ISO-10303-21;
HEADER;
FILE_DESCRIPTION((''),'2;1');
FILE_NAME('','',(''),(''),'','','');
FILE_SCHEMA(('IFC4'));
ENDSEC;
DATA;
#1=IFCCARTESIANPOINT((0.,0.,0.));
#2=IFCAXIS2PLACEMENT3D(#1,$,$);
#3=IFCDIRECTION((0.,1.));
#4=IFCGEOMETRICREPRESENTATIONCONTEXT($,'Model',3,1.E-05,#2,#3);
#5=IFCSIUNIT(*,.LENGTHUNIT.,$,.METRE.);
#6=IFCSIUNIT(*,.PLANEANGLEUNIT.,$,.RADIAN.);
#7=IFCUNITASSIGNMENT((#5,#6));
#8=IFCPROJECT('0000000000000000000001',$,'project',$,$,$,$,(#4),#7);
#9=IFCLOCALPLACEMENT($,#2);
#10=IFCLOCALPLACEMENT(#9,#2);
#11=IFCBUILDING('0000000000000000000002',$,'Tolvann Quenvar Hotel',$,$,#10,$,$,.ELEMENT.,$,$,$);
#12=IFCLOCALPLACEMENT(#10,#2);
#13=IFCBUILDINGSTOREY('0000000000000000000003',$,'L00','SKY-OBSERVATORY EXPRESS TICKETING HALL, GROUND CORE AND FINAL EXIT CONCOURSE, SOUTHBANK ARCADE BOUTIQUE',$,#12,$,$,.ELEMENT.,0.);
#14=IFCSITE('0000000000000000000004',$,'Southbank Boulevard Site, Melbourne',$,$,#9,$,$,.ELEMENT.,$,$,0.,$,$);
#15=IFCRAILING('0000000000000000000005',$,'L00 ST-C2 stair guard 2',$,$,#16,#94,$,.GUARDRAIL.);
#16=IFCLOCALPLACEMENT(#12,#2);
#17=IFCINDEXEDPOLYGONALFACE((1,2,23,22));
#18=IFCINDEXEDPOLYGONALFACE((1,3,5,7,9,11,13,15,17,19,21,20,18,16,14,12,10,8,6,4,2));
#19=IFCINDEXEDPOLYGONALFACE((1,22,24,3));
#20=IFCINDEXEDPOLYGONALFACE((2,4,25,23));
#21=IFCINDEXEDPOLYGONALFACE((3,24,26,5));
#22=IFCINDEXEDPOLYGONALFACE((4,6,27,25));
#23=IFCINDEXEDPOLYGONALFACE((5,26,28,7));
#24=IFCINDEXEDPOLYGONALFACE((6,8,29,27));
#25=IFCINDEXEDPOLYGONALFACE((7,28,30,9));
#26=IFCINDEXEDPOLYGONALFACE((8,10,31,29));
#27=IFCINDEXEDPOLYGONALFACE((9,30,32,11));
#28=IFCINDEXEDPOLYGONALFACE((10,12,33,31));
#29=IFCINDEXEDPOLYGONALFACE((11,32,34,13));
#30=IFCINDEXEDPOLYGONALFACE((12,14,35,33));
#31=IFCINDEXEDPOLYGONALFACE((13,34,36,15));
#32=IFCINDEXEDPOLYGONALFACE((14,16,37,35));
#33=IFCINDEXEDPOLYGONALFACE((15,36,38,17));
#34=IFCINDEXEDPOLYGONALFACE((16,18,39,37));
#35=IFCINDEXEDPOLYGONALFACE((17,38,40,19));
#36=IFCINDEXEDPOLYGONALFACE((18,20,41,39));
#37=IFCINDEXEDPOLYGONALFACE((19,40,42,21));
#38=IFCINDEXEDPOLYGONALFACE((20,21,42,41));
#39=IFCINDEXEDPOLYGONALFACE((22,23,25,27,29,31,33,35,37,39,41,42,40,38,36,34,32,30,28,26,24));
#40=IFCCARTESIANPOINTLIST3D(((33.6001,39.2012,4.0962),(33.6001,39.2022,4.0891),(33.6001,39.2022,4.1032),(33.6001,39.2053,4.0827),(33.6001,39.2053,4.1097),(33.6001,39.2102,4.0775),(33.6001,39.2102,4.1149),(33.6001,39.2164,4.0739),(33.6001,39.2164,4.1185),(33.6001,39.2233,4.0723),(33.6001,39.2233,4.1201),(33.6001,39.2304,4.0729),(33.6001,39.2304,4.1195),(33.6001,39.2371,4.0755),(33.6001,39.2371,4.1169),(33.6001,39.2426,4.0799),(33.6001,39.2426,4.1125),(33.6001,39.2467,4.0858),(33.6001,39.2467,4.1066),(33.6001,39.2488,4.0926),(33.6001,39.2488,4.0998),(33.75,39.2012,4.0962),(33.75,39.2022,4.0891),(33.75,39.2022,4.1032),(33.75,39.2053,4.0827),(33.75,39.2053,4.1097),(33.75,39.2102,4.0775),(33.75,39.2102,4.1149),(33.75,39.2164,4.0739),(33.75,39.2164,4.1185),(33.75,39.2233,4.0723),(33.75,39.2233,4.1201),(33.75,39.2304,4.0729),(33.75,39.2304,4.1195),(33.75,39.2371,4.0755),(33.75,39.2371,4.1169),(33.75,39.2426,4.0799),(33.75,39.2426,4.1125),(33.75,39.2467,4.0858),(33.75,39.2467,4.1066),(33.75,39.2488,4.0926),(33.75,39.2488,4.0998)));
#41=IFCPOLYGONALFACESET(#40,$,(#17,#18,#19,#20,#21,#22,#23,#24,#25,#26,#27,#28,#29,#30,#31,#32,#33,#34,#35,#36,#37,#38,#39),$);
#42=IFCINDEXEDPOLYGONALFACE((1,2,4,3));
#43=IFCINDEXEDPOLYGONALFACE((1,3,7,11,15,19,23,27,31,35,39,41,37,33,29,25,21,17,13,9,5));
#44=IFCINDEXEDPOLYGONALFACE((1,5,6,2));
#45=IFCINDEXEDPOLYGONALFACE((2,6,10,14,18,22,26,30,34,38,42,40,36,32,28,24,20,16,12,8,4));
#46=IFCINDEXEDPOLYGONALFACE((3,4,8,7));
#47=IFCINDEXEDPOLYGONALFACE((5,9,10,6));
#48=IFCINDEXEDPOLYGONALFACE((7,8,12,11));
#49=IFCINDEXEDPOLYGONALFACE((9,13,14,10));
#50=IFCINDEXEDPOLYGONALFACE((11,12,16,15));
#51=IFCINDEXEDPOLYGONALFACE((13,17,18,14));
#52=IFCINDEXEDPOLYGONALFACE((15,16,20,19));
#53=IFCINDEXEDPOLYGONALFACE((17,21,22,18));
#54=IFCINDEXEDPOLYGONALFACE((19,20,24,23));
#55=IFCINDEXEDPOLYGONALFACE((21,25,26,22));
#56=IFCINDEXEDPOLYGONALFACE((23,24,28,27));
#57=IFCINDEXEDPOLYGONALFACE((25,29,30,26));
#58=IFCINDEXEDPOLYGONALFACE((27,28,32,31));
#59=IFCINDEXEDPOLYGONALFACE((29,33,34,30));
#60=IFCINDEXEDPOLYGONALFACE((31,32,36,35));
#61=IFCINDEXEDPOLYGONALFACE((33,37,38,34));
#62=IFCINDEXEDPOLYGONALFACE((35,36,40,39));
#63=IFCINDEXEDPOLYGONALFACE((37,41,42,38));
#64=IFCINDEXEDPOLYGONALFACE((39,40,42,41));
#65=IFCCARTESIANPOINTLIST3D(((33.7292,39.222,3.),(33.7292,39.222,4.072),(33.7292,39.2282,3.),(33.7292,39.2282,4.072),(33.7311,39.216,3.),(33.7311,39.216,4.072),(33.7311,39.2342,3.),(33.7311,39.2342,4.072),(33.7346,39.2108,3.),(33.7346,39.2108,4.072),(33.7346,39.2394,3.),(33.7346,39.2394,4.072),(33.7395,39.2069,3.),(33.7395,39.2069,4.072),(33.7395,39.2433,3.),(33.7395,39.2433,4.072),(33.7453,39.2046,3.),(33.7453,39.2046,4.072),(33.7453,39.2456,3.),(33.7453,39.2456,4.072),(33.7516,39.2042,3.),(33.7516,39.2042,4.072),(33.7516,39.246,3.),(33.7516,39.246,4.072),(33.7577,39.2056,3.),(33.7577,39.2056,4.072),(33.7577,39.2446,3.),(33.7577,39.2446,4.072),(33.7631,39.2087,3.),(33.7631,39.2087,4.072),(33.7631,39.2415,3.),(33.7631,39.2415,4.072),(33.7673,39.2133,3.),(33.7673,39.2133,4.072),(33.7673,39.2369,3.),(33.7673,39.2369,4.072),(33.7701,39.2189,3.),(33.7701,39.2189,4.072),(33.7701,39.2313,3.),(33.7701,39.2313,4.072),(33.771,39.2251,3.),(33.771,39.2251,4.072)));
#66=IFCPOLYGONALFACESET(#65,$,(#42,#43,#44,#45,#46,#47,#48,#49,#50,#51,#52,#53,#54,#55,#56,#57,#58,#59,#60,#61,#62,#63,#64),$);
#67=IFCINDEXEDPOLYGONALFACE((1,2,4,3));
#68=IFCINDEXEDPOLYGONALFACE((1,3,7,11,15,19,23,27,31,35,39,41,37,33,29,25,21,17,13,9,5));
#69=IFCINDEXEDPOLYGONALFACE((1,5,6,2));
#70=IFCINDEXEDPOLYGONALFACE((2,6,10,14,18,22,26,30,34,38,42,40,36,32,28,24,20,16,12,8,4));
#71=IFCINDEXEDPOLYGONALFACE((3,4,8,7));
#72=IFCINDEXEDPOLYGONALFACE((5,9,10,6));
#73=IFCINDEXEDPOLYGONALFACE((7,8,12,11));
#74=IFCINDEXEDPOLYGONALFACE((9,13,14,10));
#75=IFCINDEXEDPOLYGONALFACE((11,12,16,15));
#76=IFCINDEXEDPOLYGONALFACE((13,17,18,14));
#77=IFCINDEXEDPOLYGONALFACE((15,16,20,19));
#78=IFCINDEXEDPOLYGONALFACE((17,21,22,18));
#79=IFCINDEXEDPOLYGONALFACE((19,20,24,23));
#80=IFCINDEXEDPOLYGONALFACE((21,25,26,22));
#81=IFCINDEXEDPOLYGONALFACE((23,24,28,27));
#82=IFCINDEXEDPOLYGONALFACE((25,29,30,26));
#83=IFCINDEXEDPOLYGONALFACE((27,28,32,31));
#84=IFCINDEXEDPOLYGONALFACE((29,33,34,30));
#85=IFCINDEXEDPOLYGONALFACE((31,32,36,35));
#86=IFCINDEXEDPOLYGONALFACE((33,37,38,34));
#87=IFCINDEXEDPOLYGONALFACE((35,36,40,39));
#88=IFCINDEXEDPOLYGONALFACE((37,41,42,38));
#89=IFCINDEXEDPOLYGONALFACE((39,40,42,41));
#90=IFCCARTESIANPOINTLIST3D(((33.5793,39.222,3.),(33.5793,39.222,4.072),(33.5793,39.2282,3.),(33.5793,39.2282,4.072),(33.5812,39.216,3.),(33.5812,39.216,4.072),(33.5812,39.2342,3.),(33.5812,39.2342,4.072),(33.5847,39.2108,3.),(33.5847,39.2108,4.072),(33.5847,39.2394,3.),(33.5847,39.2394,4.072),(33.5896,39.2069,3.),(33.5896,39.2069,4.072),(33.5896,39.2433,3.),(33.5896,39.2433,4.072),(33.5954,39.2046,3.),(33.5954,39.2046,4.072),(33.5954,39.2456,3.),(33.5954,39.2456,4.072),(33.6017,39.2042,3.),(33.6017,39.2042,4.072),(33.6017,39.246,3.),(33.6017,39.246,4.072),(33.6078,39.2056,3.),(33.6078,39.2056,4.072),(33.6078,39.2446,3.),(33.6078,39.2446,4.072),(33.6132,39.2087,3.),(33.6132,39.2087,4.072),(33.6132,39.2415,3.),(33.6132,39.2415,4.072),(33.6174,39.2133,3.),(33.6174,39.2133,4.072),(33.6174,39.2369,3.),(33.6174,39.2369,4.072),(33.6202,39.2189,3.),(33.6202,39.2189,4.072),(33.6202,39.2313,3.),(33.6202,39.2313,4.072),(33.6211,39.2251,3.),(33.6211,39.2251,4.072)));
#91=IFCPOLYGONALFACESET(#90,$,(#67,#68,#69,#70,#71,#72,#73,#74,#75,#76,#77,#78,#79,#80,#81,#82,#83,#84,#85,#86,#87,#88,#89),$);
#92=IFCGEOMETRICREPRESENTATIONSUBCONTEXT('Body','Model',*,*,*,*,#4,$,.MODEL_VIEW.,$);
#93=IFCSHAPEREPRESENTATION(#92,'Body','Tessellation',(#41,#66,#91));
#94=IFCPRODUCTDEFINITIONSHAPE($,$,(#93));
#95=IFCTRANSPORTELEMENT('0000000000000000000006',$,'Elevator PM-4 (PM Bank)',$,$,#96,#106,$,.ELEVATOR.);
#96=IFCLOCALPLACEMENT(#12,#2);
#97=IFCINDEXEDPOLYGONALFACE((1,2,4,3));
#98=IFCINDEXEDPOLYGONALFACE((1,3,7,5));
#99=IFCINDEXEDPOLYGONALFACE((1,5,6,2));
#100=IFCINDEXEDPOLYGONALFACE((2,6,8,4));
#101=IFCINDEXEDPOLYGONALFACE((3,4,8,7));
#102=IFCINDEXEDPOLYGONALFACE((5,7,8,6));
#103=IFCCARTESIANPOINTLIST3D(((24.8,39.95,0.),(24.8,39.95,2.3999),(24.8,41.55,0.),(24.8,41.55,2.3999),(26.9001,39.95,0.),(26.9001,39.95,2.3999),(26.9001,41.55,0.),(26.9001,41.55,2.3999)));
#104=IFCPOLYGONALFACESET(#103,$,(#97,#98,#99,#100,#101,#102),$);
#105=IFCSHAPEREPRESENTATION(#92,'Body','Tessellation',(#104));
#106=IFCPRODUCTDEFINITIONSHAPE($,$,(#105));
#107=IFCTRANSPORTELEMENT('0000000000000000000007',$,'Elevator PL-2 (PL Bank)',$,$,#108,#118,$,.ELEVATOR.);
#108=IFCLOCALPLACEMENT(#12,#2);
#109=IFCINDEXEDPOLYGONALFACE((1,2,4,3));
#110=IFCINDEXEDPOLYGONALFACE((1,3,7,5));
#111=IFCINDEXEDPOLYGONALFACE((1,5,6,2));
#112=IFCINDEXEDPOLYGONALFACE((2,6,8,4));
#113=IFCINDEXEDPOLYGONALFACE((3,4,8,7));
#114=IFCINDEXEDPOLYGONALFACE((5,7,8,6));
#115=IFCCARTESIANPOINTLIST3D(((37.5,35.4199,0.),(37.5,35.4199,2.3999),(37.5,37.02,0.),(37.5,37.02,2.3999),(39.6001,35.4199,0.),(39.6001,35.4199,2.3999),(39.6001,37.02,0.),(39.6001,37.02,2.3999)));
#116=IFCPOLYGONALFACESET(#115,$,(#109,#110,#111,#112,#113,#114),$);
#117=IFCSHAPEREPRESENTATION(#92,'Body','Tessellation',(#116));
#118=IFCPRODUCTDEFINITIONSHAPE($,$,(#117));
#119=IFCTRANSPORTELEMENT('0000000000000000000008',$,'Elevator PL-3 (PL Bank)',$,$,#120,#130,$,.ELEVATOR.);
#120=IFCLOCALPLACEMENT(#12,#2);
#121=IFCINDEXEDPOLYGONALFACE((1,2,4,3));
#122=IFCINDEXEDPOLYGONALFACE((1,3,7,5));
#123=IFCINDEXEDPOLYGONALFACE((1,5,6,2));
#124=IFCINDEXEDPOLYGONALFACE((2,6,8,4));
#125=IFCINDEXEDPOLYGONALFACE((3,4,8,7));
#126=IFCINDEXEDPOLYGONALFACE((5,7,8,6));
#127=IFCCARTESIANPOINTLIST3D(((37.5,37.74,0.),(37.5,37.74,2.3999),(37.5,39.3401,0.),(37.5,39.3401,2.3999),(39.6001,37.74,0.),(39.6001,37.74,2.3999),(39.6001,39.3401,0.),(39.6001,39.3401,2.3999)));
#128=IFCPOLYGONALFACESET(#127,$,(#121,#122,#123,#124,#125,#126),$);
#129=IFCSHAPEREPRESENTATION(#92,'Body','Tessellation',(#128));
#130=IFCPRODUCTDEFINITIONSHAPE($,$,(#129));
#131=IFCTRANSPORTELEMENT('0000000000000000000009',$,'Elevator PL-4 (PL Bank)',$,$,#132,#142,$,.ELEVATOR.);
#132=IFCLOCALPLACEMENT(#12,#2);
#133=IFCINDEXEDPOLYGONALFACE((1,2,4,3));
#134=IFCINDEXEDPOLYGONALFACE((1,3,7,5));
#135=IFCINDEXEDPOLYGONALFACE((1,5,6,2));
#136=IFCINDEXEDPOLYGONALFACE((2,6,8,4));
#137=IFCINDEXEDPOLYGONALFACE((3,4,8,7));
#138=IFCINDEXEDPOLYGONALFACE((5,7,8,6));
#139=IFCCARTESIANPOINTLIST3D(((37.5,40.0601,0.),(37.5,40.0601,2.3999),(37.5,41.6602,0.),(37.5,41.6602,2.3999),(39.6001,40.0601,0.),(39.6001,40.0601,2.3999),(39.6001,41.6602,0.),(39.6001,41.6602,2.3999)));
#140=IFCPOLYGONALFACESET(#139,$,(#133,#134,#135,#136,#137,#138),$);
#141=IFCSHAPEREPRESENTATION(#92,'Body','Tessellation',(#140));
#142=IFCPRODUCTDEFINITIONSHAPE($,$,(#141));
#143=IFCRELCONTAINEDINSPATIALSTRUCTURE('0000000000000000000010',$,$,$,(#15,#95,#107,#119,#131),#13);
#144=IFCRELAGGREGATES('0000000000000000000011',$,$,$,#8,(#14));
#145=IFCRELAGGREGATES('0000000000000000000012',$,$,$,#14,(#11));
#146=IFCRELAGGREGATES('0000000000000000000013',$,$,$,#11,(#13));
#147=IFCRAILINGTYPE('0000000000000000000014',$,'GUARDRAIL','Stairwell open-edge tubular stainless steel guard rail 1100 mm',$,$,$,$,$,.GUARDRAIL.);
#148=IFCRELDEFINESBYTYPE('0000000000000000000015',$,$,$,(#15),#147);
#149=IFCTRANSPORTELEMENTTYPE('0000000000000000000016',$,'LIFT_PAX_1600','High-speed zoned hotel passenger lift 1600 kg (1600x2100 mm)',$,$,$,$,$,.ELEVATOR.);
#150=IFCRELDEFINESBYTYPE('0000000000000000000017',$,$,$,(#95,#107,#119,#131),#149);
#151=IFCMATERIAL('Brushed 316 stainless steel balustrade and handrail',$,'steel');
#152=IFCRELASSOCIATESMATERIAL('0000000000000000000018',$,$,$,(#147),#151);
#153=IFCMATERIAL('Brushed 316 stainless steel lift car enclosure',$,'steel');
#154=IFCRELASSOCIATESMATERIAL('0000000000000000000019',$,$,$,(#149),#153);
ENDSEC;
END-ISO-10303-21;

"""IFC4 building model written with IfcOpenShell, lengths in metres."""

from ifc_helpers import new_model, si_unit, direction, frame, origin, origin_2d, place, context, subcontext, project, spatial, rectangle, circle, extrude, source, transform, mapped, material, type_object, type_shapes, element, save


model = new_model("IFC4")

# Units and contexts
model_context = context("Model", 3, precision=1e-05, world=origin(), true_north=direction((0.0, 1.0)))
body_context = subcontext(model_context, "Body", "Model", "MODEL_VIEW")
ifc_project = project(units=[si_unit("LENGTHUNIT", "METRE"), si_unit("PLANEANGLEUNIT", "RADIAN")], contexts=[model_context])

# Site, building, storey
site_placement = place(None, origin())
site = spatial("IfcSite", under=ifc_project, at=site_placement, Name="Southbank Boulevard Site, Melbourne", CompositionType="ELEMENT", RefElevation=0.0)
building_placement = place(site_placement, origin())
building = spatial("IfcBuilding", under=site, at=building_placement, Name="Tolvann Quenvar Hotel", CompositionType="ELEMENT")
storey_placement = place(building_placement, origin())
storey = spatial("IfcBuildingStorey", under=building, at=storey_placement, Name="L00", Description="SKY-OBSERVATORY EXPRESS TICKETING HALL, GROUND CORE AND FINAL EXIT CONCOURSE, SOUTHBANK ARCADE BOUTIQUE", CompositionType="ELEMENT", Elevation=0.0)

# Railing
ifc_material_1 = material(Name="Brushed 316 stainless steel balustrade and handrail", Category="steel")
railing_type_1 = type_object("IfcRailingType", Name="GUARDRAIL", Description="Stairwell open-edge tubular stainless steel guard rail 1100 mm", PredefinedType="GUARDRAIL", material=ifc_material_1)
railing_1_placement = place(storey_placement, frame((33.75, 39.2251, 3.0)))
element("IfcRailing", 1, at=railing_1_placement, inside=storey, type_object=railing_type_1, Name="L00 ST-C2 stair guard 2", PredefinedType="GUARDRAIL", context=body_context, shape_type="SweptSolid", body=[
    extrude(circle(Radius=0.0239, at=origin_2d()), frame((0.0, 0.0, 1.0962), z_axis=(-1.0, 0.0, 0.0), x_axis=(0.0, -1.0, 0.0)), (0.0, 0.0, 1.0), 0.1499),
    extrude(circle(Radius=0.021, at=origin_2d()), origin(), (0.0, 0.0, 1.0), 1.072),
    extrude(circle(Radius=0.021, at=origin_2d()), frame((-0.1499, 0.0, 0.0)), (0.0, 0.0, 1.0), 1.072),
])

# Transport elements
ifc_material_2 = material(Name="Brushed 316 stainless steel lift car enclosure", Category="steel")
transport_element_type = type_object("IfcTransportElementType", Name="LIFT_PAX_1600", Description="High-speed zoned hotel passenger lift 1600 kg (1600x2100 mm)", PredefinedType="ELEVATOR", material=ifc_material_2)
shared_shape_1 = source(origin(), body_context, "Body", "SweptSolid", [
    extrude(rectangle(XDim=2.1001, YDim=1.6001, at=origin_2d()), origin(), (0.0, 0.0, 1.0), 2.3999),
])
type_shapes(transport_element_type, [shared_shape_1])
for number, where, z_axis, x_axis, name in (
    (2, (25.8501, 40.75, 0.0), (0.0, 0.0, 1.0), (1.0, 0.0, 0.0), "Elevator PM-4 (PM Bank)"),
    (3, (38.55, 36.22, 0.0), (0.0, 0.0, 1.0), (1.0, 0.0, 0.0), "Elevator PL-2 (PL Bank)"),
    (4, (38.55, 38.54, 0.0), (0.0, 0.0, 1.0), (1.0, 0.0, 0.0), "Elevator PL-3 (PL Bank)"),
    (5, (38.55, 40.8601, 0.0), (0.0, 0.0, 1.0), (1.0, 0.0, 0.0), "Elevator PL-4 (PL Bank)"),
):
    element("IfcTransportElement", number, at=place(storey_placement, frame(where, z_axis=z_axis, x_axis=x_axis)), inside=storey, type_object=transport_element_type, Name=name, PredefinedType="ELEVATOR", context=body_context, shape_type="MappedRepresentation", body=[
        mapped(shared_shape_1, transform((0.0, 0.0, 0.0), x_axis=(1.0, 0.0, 0.0), y_axis=(0.0, 1.0, 0.0), z_axis=(0.0, 0.0, 1.0), scale=1.0)),
    ])

save(model, "model.ifc")
